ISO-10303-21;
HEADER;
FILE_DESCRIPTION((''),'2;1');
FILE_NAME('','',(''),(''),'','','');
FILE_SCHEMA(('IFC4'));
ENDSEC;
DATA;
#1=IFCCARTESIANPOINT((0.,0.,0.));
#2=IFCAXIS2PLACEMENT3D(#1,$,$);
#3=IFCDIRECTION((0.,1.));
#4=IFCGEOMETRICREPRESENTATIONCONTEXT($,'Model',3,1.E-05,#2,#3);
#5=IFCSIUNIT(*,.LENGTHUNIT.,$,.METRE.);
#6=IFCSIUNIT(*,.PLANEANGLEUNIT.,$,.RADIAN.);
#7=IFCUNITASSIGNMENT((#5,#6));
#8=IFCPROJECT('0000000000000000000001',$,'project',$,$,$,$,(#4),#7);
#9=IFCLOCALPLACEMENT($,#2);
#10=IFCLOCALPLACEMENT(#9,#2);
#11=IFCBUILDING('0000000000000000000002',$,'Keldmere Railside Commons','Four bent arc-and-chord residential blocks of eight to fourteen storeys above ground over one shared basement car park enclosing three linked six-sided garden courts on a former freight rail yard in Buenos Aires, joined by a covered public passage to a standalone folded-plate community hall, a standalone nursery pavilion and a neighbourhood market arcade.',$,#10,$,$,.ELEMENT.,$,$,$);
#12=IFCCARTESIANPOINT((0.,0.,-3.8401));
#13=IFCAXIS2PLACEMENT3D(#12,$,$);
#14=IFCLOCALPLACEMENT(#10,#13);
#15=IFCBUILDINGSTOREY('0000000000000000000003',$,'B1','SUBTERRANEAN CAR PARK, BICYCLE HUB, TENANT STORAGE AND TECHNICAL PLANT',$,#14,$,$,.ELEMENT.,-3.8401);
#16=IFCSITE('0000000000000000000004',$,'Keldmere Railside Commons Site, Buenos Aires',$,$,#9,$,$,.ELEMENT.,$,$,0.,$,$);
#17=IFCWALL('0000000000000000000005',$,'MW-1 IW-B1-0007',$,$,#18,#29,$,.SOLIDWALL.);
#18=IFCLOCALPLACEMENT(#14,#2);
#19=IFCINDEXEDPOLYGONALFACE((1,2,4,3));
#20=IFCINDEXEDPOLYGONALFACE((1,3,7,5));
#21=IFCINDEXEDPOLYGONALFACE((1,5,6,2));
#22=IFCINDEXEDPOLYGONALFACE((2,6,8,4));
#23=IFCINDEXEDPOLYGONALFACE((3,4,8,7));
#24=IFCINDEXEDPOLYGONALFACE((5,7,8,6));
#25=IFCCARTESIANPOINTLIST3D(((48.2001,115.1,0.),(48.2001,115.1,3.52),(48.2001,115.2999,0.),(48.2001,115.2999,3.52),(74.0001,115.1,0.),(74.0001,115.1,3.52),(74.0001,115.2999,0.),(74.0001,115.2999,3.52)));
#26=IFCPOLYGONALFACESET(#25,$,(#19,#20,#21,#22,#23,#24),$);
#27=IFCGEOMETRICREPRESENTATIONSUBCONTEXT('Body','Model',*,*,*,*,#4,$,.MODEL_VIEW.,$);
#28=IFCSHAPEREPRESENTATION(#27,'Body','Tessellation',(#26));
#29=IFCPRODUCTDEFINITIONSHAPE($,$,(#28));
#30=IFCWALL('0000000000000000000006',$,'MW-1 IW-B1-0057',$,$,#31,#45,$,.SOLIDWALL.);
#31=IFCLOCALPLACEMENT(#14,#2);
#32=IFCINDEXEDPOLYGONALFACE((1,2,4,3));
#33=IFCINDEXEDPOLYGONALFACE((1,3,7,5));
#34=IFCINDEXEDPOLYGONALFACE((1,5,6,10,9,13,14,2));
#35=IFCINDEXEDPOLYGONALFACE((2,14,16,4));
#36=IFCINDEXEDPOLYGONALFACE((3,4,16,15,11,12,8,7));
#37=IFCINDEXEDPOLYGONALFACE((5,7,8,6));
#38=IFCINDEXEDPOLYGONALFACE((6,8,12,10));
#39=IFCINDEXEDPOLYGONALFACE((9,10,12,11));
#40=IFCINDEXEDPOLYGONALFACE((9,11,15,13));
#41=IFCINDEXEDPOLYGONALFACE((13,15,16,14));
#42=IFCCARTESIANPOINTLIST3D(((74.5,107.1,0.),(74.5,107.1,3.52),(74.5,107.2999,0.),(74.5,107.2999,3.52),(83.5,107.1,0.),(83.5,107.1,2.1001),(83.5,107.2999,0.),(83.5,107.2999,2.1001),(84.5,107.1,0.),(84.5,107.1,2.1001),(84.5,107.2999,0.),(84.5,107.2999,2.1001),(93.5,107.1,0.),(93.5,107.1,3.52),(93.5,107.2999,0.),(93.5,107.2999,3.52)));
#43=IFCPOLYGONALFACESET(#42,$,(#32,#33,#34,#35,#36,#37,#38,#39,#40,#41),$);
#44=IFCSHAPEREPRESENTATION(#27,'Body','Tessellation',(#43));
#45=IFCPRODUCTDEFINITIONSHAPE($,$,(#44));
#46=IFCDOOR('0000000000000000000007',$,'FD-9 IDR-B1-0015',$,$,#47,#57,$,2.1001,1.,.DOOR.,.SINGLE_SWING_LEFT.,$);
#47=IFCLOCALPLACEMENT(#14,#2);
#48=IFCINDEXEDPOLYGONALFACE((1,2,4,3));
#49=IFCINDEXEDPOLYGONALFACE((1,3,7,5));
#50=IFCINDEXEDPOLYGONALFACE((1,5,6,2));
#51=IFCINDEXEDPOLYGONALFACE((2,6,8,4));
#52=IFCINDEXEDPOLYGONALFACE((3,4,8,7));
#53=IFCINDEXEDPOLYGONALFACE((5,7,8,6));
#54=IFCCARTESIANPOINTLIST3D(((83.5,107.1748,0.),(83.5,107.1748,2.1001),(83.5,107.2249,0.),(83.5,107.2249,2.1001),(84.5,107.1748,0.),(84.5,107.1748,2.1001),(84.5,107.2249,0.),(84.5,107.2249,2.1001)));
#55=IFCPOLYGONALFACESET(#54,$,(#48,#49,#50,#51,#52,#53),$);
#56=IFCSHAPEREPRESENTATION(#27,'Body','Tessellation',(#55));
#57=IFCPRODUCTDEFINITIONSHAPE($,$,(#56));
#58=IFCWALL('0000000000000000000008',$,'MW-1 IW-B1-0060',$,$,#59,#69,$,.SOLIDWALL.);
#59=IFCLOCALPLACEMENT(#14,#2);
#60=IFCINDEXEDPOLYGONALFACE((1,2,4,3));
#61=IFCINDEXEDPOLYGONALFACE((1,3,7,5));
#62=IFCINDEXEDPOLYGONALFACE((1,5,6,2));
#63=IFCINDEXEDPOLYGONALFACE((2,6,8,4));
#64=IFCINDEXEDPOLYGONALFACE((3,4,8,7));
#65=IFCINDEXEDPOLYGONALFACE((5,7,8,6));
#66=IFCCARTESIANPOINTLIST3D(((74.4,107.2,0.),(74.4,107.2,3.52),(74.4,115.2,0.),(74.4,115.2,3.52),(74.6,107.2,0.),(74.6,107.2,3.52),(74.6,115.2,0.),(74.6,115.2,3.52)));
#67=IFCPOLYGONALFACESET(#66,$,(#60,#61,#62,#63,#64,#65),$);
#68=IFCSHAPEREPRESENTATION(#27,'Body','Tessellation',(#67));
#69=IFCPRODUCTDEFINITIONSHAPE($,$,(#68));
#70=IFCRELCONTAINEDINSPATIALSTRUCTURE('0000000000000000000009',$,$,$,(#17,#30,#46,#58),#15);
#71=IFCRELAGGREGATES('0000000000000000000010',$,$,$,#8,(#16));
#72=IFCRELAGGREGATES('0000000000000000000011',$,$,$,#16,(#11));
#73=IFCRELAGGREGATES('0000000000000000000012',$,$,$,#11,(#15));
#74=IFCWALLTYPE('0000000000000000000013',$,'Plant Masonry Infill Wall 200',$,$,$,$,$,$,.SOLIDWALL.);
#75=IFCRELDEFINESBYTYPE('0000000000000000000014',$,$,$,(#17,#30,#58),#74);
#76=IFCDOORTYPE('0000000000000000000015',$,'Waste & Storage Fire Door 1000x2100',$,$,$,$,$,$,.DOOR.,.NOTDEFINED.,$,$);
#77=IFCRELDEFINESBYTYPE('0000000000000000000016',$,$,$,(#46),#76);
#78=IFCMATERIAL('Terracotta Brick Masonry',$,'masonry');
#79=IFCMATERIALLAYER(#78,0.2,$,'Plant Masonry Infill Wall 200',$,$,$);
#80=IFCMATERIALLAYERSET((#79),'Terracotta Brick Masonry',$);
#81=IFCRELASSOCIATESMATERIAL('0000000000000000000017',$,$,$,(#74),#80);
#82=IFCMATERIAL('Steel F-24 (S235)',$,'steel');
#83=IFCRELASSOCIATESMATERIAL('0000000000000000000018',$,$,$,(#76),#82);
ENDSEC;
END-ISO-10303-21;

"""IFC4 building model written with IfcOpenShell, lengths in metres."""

from ifc_helpers import new_model, si_unit, direction, frame, frame_2d, origin, place, context, subcontext, project, spatial, rectangle, extrude, material, layer, layer_set, type_object, element, fill, save


model = new_model("IFC4")

# Units and contexts
model_context = context("Model", 3, precision=1e-05, world=origin(), true_north=direction((0.0, 1.0)))
body_context = subcontext(model_context, "Body", "Model", "MODEL_VIEW")
ifc_project = project(units=[si_unit("LENGTHUNIT", "METRE"), si_unit("PLANEANGLEUNIT", "RADIAN")], contexts=[model_context])

# Site, building, storey
site_placement = place(None, origin())
site = spatial("IfcSite", under=ifc_project, at=site_placement, Name="Keldmere Railside Commons Site, Buenos Aires", CompositionType="ELEMENT", RefElevation=0.0)
building_placement = place(site_placement, origin())
building = spatial("IfcBuilding", under=site, at=building_placement, Name="Keldmere Railside Commons", Description="Four bent arc-and-chord residential blocks of eight to fourteen storeys above ground over one shared basement car park enclosing three linked six-sided garden courts on a former freight rail yard in Buenos Aires, joined by a covered public passage to a standalone folded-plate community hall, a standalone nursery pavilion and a neighbourhood market arcade.", CompositionType="ELEMENT")
storey_placement = place(building_placement, frame((0.0, 0.0, -3.8401)))
storey = spatial("IfcBuildingStorey", under=building, at=storey_placement, Name="B1", Description="SUBTERRANEAN CAR PARK, BICYCLE HUB, TENANT STORAGE AND TECHNICAL PLANT", CompositionType="ELEMENT", Elevation=-3.8401)

# Wall
ifc_material_1 = material(Name="Terracotta Brick Masonry", Category="masonry")
ifc_layer_1 = layer(ifc_material_1, 0.2, Name="Plant Masonry Infill Wall 200")
ifc_layer_set_1 = layer_set([ifc_layer_1], Name="Terracotta Brick Masonry")
wall_type_1 = type_object("IfcWallType", Name="Plant Masonry Infill Wall 200", PredefinedType="SOLIDWALL", material=ifc_layer_set_1)
wall_1_placement = place(storey_placement, frame((74.0, 115.2, 0.0), z_axis=(0.0, 0.0, 1.0), x_axis=(-1.0, 0.0, 0.0)))
element("IfcWall", 1, at=wall_1_placement, inside=storey, type_object=wall_type_1, Name="MW-1 IW-B1-0007", PredefinedType="SOLIDWALL", context=body_context, shape_type="SweptSolid", body=[
    extrude(rectangle(XDim=25.8, YDim=0.2, at=frame_2d((12.8999, 0.0))), origin(), (0.0, 0.0, 1.0), 3.52),
])

# Wall, opening, door
wall_2_placement = place(storey_placement, frame((74.5, 107.2, 0.0), z_axis=(0.0, 0.0, 1.0), x_axis=(1.0, 0.0, 0.0)))
wall_2 = element("IfcWall", 2, at=wall_2_placement, inside=storey, type_object=wall_type_1, Name="MW-1 IW-B1-0057", PredefinedType="SOLIDWALL", context=body_context, shape_type="SweptSolid", body=[
    extrude(rectangle(XDim=19.0, YDim=0.2, at=frame_2d((9.5, 0.0))), origin(), (0.0, 0.0, 1.0), 3.52),
])
opening_placement = place(wall_2_placement, frame((9.0, 0.0, 0.0)))
opening = element("IfcOpeningElement", 3, at=opening_placement, cuts=wall_2, PredefinedType="OPENING", context=body_context, shape_type="SweptSolid", body=[
    extrude(rectangle(XDim=1.0, YDim=2.1001, at=frame_2d((0.5, 1.05))), frame((0.0, 0.1099, 0.0), z_axis=(0.0, -1.0, 0.0), x_axis=(1.0, 0.0, 0.0)), (0.0, 0.0, 1.0), 0.22),
])
ifc_material_2 = material(Name="Steel F-24 (S235)", Category="steel")
door_type = type_object("IfcDoorType", Name="Waste & Storage Fire Door 1000x2100", OperationType="NOTDEFINED", PredefinedType="DOOR", material=ifc_material_2)
door_placement = place(opening_placement, origin())
door = element("IfcDoor", 4, at=door_placement, inside=storey, type_object=door_type, Name="FD-9 IDR-B1-0015", OperationType="SINGLE_SWING_LEFT", OverallHeight=2.1001, OverallWidth=1.0, PredefinedType="DOOR", context=body_context, shape_type="SweptSolid", body=[
    extrude(rectangle(XDim=1.0, YDim=2.1001, at=frame_2d((0.5, 1.05))), frame((0.0, 0.0249, 0.0), z_axis=(0.0, -1.0, 0.0), x_axis=(1.0, 0.0, 0.0)), (0.0, 0.0, 1.0), 0.05),
])
fill(opening, door)

# Wall
wall_3_placement = place(storey_placement, frame((74.5, 115.2, 0.0), z_axis=(0.0, 0.0, 1.0), x_axis=(0.0, -1.0, 0.0)))
element("IfcWall", 5, at=wall_3_placement, inside=storey, type_object=wall_type_1, Name="MW-1 IW-B1-0060", PredefinedType="SOLIDWALL", context=body_context, shape_type="SweptSolid", body=[
    extrude(rectangle(XDim=8.0, YDim=0.2, at=frame_2d((4.0, 0.0))), origin(), (0.0, 0.0, 1.0), 3.52),
])

save(model, "model.ifc")
